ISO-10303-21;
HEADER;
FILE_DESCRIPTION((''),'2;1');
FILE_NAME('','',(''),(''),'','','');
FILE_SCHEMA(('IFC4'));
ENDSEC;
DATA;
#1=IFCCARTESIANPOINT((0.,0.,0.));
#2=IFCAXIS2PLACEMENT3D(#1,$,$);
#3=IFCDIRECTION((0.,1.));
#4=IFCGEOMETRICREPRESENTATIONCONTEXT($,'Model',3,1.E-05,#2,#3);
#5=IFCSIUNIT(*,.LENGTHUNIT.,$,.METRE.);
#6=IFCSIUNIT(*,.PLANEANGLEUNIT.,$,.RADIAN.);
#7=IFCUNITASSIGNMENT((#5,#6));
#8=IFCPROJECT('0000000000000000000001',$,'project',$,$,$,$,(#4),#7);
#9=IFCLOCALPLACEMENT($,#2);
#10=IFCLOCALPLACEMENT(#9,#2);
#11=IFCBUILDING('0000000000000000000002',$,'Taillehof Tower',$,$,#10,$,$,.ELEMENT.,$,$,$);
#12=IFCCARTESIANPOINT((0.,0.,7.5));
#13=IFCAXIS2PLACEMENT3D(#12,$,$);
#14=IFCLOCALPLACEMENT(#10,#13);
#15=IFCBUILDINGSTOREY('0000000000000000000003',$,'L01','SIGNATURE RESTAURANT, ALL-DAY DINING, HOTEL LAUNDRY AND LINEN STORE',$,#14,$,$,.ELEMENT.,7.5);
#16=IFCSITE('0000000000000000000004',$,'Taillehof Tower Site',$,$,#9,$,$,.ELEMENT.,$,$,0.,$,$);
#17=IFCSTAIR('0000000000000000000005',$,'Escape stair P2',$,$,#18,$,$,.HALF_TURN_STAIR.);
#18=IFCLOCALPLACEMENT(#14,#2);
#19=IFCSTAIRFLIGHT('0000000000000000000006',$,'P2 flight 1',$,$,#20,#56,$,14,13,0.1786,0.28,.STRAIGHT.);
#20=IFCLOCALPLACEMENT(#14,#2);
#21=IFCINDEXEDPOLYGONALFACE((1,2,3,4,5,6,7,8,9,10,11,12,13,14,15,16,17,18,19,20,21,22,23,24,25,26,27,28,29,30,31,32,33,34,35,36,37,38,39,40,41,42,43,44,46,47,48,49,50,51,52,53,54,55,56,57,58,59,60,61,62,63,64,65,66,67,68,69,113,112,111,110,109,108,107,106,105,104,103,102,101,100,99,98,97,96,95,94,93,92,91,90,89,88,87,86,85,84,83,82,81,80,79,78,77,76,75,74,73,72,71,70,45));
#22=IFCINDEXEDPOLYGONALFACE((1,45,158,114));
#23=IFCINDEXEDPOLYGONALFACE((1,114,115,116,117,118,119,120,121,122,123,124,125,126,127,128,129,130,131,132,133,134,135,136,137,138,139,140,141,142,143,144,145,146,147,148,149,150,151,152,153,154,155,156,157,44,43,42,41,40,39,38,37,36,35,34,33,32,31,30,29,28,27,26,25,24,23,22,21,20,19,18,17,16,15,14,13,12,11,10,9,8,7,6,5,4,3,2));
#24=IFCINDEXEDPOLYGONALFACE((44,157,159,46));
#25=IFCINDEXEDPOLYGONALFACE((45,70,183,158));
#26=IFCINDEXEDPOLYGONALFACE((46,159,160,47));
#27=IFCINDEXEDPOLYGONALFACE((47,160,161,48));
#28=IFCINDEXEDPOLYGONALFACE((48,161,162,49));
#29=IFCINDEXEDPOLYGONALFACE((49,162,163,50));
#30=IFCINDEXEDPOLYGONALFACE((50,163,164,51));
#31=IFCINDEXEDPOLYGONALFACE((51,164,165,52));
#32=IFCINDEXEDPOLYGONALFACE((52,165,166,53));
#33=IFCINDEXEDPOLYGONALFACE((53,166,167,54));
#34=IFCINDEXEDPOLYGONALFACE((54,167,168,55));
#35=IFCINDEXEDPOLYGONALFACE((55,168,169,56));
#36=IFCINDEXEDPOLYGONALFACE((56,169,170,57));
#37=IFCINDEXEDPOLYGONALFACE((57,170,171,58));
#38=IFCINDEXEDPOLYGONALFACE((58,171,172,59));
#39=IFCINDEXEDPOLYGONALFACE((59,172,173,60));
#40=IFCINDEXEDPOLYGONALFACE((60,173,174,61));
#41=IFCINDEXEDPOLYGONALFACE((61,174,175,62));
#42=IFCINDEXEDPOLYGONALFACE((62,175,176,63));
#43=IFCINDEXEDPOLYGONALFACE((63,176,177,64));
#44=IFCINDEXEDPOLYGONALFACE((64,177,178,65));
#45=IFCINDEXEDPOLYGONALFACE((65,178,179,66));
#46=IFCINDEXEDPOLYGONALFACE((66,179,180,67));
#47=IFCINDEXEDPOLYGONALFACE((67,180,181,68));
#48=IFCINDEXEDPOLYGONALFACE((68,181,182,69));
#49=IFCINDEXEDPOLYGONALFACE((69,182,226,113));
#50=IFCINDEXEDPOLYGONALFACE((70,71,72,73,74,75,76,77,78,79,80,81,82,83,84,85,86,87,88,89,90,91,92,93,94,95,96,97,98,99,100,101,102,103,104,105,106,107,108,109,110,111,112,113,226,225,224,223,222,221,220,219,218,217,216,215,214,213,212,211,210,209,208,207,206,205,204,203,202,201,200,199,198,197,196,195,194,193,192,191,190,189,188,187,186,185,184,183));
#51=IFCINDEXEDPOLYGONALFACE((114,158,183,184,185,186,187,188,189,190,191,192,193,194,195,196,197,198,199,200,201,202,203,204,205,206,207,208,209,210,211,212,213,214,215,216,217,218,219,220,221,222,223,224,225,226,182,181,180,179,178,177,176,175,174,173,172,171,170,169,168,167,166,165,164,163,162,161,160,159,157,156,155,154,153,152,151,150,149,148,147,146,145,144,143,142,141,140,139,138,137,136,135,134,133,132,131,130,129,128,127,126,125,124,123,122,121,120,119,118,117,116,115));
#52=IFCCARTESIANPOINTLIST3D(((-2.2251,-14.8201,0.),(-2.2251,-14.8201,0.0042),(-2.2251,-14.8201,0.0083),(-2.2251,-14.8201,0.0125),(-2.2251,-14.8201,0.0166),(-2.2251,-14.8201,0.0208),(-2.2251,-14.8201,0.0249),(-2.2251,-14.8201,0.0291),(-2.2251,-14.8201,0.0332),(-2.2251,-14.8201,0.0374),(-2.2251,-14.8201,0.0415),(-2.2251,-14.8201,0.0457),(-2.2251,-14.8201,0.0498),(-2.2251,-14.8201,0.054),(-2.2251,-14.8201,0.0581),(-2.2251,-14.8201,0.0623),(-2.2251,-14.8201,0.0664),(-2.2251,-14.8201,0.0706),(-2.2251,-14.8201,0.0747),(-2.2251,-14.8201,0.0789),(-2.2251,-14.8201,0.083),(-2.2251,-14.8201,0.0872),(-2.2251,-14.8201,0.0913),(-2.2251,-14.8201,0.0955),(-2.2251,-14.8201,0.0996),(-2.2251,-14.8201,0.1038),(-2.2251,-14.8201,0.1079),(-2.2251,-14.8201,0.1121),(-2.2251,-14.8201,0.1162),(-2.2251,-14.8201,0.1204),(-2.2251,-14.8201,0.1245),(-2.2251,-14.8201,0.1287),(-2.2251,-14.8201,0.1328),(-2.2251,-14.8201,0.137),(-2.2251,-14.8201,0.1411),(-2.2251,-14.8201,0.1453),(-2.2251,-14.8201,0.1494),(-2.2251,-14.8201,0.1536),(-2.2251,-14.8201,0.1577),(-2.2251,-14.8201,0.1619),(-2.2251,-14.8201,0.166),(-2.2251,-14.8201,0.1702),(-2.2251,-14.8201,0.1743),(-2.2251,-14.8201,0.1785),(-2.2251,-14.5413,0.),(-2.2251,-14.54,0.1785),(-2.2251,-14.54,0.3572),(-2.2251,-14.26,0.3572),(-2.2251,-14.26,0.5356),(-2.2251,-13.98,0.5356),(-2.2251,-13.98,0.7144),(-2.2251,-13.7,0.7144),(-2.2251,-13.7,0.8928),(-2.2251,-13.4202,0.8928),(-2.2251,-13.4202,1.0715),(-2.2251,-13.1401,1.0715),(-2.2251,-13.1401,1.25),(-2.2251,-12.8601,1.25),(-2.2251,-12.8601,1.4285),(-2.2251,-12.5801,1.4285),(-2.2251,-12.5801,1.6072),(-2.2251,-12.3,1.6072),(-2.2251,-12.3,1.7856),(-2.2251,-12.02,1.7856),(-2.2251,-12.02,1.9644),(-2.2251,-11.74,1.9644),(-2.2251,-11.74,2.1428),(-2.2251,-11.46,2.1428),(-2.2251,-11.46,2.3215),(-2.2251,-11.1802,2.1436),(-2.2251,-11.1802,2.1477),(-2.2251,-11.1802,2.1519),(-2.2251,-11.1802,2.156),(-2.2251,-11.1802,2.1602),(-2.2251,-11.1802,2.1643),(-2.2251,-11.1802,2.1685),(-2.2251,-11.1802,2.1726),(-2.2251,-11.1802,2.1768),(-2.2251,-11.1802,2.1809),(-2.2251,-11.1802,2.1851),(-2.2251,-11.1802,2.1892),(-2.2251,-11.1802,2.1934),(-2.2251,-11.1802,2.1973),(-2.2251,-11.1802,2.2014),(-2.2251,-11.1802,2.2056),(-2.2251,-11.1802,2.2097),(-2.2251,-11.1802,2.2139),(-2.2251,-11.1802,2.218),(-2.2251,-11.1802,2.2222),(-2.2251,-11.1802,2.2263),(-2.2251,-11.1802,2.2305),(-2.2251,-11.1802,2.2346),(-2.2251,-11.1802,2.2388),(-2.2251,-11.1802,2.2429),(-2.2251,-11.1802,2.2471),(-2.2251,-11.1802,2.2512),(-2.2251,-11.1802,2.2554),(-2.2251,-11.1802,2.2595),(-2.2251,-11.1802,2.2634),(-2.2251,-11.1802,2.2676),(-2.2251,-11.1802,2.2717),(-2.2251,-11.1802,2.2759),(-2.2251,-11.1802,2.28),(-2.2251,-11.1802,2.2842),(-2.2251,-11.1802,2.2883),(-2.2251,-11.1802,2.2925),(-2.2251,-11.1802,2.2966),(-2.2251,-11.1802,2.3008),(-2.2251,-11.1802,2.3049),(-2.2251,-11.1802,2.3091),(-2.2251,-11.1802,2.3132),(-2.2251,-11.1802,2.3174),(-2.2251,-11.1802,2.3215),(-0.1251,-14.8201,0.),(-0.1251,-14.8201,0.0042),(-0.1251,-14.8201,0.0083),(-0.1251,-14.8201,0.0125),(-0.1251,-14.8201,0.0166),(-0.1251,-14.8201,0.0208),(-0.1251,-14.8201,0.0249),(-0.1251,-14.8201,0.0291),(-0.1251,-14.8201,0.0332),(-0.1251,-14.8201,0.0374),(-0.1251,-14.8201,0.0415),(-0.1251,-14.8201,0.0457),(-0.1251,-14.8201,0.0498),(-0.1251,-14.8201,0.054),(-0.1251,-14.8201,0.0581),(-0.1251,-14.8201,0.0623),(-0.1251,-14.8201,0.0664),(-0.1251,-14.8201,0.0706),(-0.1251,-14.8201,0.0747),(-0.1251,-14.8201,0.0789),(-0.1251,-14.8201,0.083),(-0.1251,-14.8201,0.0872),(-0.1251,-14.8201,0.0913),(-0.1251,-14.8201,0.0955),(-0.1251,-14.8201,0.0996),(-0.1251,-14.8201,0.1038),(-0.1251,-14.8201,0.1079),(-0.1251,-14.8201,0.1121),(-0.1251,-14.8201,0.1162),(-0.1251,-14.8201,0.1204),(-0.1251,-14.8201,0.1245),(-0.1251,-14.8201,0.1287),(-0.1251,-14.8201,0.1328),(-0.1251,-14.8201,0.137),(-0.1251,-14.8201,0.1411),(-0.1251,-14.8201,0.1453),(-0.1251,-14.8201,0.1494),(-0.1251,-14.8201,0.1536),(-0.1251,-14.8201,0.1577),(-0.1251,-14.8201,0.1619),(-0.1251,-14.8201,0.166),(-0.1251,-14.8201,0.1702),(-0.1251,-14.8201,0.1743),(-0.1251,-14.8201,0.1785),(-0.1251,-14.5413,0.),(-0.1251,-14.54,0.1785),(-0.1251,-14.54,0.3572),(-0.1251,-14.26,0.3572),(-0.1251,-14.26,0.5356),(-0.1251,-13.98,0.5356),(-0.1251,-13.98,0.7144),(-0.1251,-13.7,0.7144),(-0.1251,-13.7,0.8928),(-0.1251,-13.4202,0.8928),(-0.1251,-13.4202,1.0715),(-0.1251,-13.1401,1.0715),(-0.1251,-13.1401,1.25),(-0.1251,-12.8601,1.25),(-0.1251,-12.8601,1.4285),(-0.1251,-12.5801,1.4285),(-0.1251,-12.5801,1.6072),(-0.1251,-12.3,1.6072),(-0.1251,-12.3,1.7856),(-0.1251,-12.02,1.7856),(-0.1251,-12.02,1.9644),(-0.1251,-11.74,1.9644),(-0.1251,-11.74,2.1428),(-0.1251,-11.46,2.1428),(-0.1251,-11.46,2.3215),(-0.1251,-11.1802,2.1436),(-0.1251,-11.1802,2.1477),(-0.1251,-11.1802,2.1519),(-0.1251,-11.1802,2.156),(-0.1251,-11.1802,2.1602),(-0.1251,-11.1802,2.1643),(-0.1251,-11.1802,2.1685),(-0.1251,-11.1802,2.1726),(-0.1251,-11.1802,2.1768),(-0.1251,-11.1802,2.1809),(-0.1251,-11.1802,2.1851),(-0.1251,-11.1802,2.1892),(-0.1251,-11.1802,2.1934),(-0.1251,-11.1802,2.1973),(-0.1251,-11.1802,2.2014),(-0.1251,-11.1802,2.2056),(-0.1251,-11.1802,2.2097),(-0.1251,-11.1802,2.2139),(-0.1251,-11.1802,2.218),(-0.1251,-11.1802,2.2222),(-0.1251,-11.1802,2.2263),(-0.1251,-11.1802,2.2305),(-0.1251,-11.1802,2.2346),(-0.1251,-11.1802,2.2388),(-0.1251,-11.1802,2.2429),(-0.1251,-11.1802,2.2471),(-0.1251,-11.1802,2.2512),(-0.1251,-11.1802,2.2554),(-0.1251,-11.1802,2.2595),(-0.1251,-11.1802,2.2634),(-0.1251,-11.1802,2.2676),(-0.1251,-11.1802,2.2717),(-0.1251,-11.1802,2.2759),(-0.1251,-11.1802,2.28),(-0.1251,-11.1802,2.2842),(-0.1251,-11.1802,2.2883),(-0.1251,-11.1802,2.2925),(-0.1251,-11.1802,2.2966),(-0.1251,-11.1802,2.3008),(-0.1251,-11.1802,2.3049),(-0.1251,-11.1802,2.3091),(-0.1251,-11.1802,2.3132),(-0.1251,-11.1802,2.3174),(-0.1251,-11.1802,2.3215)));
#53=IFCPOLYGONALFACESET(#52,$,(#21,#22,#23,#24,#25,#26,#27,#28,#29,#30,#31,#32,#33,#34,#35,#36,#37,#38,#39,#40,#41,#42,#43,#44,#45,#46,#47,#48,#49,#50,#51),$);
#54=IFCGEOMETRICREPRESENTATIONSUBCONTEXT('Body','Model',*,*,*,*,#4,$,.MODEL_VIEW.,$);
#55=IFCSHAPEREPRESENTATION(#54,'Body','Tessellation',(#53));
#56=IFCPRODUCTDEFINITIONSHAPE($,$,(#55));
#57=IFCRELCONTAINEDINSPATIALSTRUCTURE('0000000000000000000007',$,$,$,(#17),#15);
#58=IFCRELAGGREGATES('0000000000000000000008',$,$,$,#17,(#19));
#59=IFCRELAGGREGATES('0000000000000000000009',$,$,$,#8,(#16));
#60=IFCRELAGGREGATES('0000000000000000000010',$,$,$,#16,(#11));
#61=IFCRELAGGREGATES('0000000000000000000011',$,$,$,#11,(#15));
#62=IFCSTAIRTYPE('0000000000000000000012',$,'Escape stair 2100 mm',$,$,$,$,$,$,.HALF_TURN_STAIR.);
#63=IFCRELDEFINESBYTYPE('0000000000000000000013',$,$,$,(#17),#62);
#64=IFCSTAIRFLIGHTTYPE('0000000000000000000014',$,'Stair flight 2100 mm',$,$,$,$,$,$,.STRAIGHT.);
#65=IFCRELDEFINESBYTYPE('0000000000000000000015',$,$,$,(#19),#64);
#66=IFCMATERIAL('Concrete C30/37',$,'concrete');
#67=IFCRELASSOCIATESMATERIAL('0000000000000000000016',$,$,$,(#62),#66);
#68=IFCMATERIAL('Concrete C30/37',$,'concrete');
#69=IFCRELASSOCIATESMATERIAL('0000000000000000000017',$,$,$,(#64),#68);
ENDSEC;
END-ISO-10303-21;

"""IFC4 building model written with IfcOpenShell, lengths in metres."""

from ifc_helpers import new_model, si_unit, direction, frame, origin, place, context, subcontext, project, spatial, polyline, outline, extrude, material, type_object, element, aggregate, save


model = new_model("IFC4")

# Units and contexts
model_context = context("Model", 3, precision=1e-05, world=origin(), true_north=direction((0.0, 1.0)))
body_context = subcontext(model_context, "Body", "Model", "MODEL_VIEW")
ifc_project = project(units=[si_unit("LENGTHUNIT", "METRE"), si_unit("PLANEANGLEUNIT", "RADIAN")], contexts=[model_context])

# Site, building, storey
site_placement = place(None, origin())
site = spatial("IfcSite", under=ifc_project, at=site_placement, Name="Taillehof Tower Site", CompositionType="ELEMENT", RefElevation=0.0)
building_placement = place(site_placement, origin())
building = spatial("IfcBuilding", under=site, at=building_placement, Name="Taillehof Tower", CompositionType="ELEMENT")
storey_placement = place(building_placement, frame((0.0, 0.0, 7.5)))
storey = spatial("IfcBuildingStorey", under=building, at=storey_placement, Name="L01", Description="SIGNATURE RESTAURANT, ALL-DAY DINING, HOTEL LAUNDRY AND LINEN STORE", CompositionType="ELEMENT", Elevation=7.5)

# Stair, stair flight
ifc_material_1 = material(Name="Concrete C30/37", Category="concrete")
stair_type_1 = type_object("IfcStairType", Name="Escape stair 2100 mm", PredefinedType="HALF_TURN_STAIR", material=ifc_material_1)
stair_1_placement = place(storey_placement, origin())
stair_1 = element("IfcStair", 1, at=stair_1_placement, inside=storey, type_object=stair_type_1, Name="Escape stair P2", PredefinedType="HALF_TURN_STAIR")
ifc_material_2 = material(Name="Concrete C30/37", Category="concrete")
stair_flight_type_1 = type_object("IfcStairFlightType", Name="Stair flight 2100 mm", PredefinedType="STRAIGHT", material=ifc_material_2)
stair_flight_1_placement = place(storey_placement, frame((-1.175, -14.8201, 0.0), z_axis=(0.0, 0.0, 1.0), x_axis=(0.0, 1.0, 0.0)))
stair_flight_1 = element("IfcStairFlight", 2, at=stair_flight_1_placement, type_object=stair_flight_type_1, Name="P2 flight 1", NumberOfRisers=14, NumberOfTreads=13, PredefinedType="STRAIGHT", RiserHeight=0.1786, TreadLength=0.28, context=body_context, shape_type="SweptSolid", body=[
    extrude(outline(polyline([(0.0, 0.0), (0.0, 0.0042), (0.0, 0.0083), (0.0, 0.0125), (0.0, 0.0166), (0.0, 0.0208), (0.0, 0.0249), (0.0, 0.0291), (0.0, 0.0332), (0.0, 0.0374), (0.0, 0.0415), (0.0, 0.0457), (0.0, 0.0498), (0.0, 0.054), (0.0, 0.0581), (0.0, 0.0623), (0.0, 0.0664), (0.0, 0.0706), (0.0, 0.0747), (0.0, 0.0789), (0.0, 0.083), (0.0, 0.0872), (0.0, 0.0913), (0.0, 0.0955), (0.0, 0.0996), (0.0, 0.1038), (0.0, 0.1079), (0.0, 0.1121), (0.0, 0.1162), (0.0, 0.1204), (0.0, 0.1245), (0.0, 0.1287), (0.0, 0.1328), (0.0, 0.137), (0.0, 0.1411), (0.0, 0.1453), (0.0, 0.1494), (0.0, 0.1536), (0.0, 0.1577), (0.0, 0.1619), (0.0, 0.166), (0.0, 0.1702), (0.0, 0.1743), (0.0, 0.1785), (0.28, 0.1785), (0.28, 0.3572), (0.5601, 0.3572), (0.5601, 0.5356), (0.8401, 0.5356), (0.8401, 0.7144), (1.1201, 0.7144), (1.1201, 0.8928), (1.3999, 0.8928), (1.3999, 1.0715), (1.6799, 1.0715), (1.6799, 1.25), (1.96, 1.25), (1.96, 1.4285), (2.24, 1.4285), (2.24, 1.6072), (2.52, 1.6072), (2.52, 1.7856), (2.8, 1.7856), (2.8, 1.9644), (3.0801, 1.9644), (3.0801, 2.1428), (3.3601, 2.1428), (3.3601, 2.3215), (3.6399, 2.3215), (3.6399, 2.3174), (3.6399, 2.3132), (3.6399, 2.3091), (3.6399, 2.3049), (3.6399, 2.3008), (3.6399, 2.2966), (3.6399, 2.2925), (3.6399, 2.2883), (3.6399, 2.2842), (3.6399, 2.28), (3.6399, 2.2759), (3.6399, 2.2717), (3.6399, 2.2676), (3.6399, 2.2634), (3.6399, 2.2595), (3.6399, 2.2554), (3.6399, 2.2512), (3.6399, 2.2471), (3.6399, 2.2429), (3.6399, 2.2388), (3.6399, 2.2346), (3.6399, 2.2305), (3.6399, 2.2263), (3.6399, 2.2222), (3.6399, 2.218), (3.6399, 2.2139), (3.6399, 2.2097), (3.6399, 2.2056), (3.6399, 2.2014), (3.6399, 2.1973), (3.6399, 2.1934), (3.6399, 2.1892), (3.6399, 2.1851), (3.6399, 2.1809), (3.6399, 2.1768), (3.6399, 2.1726), (3.6399, 2.1685), (3.6399, 2.1643), (3.6399, 2.1602), (3.6399, 2.156), (3.6399, 2.1519), (3.6399, 2.1477), (3.6399, 2.1436), (0.2788, 0.0), (0.0, 0.0)])), frame((0.0, 1.05, 0.0), z_axis=(0.0, -1.0, 0.0), x_axis=(1.0, 0.0, 0.0)), (0.0, 0.0, 1.0), 2.1),
])
aggregate(stair_1, [stair_flight_1])

save(model, "model.ifc")
